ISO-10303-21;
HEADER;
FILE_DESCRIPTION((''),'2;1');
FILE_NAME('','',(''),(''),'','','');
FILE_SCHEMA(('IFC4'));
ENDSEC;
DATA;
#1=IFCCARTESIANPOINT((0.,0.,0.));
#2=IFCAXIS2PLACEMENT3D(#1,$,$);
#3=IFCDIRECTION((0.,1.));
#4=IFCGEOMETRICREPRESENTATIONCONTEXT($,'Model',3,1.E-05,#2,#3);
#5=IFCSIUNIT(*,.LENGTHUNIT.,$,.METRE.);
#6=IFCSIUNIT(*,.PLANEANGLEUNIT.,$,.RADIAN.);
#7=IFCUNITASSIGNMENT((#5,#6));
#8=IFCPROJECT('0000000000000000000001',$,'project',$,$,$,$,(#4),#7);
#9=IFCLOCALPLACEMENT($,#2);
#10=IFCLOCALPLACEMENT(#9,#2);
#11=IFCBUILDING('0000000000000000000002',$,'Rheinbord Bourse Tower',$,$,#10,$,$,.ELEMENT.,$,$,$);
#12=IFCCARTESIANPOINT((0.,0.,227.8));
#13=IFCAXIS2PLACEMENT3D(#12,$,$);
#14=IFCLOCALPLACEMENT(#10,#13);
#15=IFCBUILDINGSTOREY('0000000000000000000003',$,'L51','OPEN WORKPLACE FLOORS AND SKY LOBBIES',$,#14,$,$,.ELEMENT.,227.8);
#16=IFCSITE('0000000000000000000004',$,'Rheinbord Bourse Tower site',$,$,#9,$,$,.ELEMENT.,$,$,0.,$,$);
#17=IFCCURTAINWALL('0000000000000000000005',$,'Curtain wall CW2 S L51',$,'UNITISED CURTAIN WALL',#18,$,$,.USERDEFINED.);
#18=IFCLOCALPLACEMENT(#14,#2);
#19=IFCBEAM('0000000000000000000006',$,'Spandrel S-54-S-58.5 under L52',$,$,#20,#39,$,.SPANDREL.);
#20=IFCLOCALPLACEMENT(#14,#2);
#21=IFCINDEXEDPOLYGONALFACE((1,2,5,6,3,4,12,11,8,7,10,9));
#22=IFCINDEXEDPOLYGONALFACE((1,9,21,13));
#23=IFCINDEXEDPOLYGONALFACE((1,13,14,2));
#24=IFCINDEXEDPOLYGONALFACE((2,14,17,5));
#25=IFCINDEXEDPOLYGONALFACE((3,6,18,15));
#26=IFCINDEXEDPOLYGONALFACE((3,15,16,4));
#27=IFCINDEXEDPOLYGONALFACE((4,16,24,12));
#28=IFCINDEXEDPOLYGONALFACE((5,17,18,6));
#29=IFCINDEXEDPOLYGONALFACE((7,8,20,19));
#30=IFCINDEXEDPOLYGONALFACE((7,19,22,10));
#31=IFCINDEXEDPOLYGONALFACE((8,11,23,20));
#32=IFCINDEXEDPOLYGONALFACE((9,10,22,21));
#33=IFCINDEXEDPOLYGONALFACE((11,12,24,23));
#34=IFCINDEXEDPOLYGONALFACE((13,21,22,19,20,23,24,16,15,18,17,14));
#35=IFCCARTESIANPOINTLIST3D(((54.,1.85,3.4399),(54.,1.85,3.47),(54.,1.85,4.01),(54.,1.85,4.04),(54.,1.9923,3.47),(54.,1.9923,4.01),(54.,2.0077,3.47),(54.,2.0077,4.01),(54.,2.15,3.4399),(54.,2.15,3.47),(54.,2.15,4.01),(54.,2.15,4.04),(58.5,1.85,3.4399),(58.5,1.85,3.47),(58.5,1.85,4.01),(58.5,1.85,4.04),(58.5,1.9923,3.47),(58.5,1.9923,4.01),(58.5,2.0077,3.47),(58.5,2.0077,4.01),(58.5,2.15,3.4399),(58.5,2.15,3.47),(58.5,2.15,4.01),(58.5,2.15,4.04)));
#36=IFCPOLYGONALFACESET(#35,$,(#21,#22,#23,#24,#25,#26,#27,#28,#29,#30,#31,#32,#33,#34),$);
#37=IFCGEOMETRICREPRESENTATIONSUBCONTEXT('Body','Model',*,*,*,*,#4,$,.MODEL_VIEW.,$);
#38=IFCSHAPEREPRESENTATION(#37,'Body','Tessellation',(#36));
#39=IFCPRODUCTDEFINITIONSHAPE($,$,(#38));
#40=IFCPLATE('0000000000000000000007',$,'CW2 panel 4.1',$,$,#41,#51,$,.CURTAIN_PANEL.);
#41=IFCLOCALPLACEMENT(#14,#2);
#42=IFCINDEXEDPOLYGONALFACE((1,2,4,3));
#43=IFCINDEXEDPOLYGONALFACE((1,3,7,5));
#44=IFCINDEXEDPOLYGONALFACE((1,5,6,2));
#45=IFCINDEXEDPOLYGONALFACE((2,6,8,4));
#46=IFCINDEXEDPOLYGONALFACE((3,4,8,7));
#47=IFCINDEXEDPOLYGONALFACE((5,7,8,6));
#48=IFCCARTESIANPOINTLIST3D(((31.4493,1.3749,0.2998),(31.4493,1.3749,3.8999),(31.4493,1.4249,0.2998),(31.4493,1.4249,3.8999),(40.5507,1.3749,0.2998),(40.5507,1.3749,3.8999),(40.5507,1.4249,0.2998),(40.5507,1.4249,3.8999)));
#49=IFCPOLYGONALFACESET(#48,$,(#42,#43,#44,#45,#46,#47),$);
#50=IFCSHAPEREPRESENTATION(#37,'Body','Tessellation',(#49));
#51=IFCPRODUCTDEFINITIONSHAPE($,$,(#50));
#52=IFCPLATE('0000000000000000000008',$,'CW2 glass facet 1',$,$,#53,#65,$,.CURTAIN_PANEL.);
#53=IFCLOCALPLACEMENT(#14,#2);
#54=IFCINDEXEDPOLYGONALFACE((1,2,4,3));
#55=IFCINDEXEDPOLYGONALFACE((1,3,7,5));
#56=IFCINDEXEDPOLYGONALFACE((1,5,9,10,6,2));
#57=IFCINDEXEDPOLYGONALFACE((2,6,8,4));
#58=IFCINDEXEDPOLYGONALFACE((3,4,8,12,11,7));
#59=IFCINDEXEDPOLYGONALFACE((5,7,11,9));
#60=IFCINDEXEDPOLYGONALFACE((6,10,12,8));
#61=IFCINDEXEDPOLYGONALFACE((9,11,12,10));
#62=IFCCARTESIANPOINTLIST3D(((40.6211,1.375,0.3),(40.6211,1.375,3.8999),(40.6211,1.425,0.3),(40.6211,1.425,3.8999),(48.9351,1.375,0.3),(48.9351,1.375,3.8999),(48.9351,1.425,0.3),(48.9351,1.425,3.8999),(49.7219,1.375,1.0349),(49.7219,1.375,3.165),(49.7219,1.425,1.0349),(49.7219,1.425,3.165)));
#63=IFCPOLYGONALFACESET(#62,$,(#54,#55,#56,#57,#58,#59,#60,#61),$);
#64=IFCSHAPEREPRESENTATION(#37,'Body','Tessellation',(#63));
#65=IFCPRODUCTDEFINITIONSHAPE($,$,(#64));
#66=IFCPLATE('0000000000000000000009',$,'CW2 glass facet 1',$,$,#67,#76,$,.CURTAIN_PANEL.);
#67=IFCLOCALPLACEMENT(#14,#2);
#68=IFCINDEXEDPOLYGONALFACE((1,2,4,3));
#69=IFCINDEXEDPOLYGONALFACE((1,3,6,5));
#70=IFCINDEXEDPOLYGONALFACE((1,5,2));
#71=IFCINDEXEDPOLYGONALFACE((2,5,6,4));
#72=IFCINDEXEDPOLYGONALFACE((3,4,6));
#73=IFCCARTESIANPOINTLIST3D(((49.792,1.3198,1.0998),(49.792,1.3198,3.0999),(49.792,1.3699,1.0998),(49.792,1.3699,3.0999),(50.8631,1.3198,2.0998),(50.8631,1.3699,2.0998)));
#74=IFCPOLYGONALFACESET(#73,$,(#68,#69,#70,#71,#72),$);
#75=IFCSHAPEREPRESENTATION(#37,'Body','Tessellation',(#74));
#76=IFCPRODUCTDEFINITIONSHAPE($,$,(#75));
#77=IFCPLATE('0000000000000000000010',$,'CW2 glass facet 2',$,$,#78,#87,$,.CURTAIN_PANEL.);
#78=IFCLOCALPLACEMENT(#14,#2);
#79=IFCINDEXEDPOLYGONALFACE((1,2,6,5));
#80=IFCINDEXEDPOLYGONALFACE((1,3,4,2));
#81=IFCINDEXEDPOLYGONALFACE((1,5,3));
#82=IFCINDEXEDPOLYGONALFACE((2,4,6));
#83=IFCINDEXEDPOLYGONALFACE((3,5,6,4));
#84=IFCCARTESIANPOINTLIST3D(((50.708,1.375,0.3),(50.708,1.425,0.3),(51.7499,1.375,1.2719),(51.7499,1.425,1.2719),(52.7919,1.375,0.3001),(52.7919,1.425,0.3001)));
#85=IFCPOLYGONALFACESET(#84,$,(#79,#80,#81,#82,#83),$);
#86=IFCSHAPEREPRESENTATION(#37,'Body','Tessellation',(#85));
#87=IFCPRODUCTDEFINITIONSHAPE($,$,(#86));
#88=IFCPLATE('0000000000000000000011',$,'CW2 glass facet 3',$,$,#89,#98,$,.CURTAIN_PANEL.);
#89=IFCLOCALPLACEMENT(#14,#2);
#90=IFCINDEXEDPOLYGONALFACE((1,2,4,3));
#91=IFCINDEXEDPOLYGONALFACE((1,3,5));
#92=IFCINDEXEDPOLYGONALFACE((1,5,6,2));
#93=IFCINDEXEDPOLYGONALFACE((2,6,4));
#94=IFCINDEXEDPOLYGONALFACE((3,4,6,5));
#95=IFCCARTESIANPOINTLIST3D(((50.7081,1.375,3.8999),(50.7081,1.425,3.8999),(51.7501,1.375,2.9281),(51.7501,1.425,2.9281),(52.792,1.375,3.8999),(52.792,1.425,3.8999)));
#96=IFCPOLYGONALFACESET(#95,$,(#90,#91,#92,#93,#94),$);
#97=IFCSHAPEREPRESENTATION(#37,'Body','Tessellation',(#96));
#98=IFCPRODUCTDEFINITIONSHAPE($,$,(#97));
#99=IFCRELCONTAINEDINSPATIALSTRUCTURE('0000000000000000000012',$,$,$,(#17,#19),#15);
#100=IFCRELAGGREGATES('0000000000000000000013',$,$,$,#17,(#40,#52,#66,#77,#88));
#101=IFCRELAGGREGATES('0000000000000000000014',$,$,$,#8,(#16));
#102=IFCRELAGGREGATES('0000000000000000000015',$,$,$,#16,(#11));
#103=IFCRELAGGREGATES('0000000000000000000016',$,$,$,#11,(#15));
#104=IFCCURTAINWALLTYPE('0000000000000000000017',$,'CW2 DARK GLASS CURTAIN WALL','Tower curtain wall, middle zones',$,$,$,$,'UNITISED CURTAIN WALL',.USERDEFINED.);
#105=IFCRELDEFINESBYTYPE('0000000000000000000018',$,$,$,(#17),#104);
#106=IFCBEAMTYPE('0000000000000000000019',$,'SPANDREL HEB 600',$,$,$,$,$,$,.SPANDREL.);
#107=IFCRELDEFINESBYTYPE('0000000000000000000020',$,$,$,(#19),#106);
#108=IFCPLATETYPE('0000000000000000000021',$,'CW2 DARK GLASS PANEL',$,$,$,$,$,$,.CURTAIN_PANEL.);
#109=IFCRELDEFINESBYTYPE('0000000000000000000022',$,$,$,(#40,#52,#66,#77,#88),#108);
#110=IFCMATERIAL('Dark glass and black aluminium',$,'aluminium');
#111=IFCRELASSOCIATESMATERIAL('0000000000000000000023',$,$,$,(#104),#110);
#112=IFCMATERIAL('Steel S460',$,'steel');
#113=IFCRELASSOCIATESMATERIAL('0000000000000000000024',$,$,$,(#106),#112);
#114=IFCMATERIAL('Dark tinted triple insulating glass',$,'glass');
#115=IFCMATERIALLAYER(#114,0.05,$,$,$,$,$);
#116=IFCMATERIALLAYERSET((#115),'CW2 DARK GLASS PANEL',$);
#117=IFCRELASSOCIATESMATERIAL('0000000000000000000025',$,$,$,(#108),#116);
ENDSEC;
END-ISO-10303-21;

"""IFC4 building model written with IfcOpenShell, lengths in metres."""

from ifc_helpers import new_model, si_unit, direction, frame, origin, origin_2d, place, context, subcontext, project, spatial, polyline, rectangle, i_section, outline, extrude, material, layer, layer_set, material_profile, profile_set, type_object, element, aggregate, save


model = new_model("IFC4")

# Units and contexts
model_context = context("Model", 3, precision=1e-05, world=origin(), true_north=direction((0.0, 1.0)))
body_context = subcontext(model_context, "Body", "Model", "MODEL_VIEW")
ifc_project = project(units=[si_unit("LENGTHUNIT", "METRE"), si_unit("PLANEANGLEUNIT", "RADIAN")], contexts=[model_context])

# Site, building, storey
site_placement = place(None, origin())
site = spatial("IfcSite", under=ifc_project, at=site_placement, Name="Rheinbord Bourse Tower site", CompositionType="ELEMENT", RefElevation=0.0)
building_placement = place(site_placement, origin())
building = spatial("IfcBuilding", under=site, at=building_placement, Name="Rheinbord Bourse Tower", CompositionType="ELEMENT")
storey_placement = place(building_placement, frame((0.0, 0.0, 227.8)))
storey = spatial("IfcBuildingStorey", under=building, at=storey_placement, Name="L51", Description="OPEN WORKPLACE FLOORS AND SKY LOBBIES", CompositionType="ELEMENT", Elevation=227.8)

# Curtain wall
ifc_material_1 = material(Name="Dark glass and black aluminium", Category="aluminium")
curtain_wall_type = type_object("IfcCurtainWallType", Name="CW2 DARK GLASS CURTAIN WALL", Description="Tower curtain wall, middle zones", ElementType="UNITISED CURTAIN WALL", PredefinedType="USERDEFINED", material=ifc_material_1)
curtain_wall_placement = place(storey_placement, origin())
curtain_wall = element("IfcCurtainWall", 1, at=curtain_wall_placement, inside=storey, type_object=curtain_wall_type, Name="Curtain wall CW2 S L51", ObjectType="UNITISED CURTAIN WALL", PredefinedType="USERDEFINED")

# Beam
ifc_material_2 = material(Name="Steel S460", Category="steel")
ifc_material_profile_1 = material_profile(ifc_material_2, i_section(OverallWidth=0.3, OverallDepth=0.6001, WebThickness=0.0154, FlangeThickness=0.03, at=origin_2d()), Name="HEB 600")
ifc_profile_set_1 = profile_set([ifc_material_profile_1], Name="Steel S460")
beam_type_1 = type_object("IfcBeamType", Name="SPANDREL HEB 600", PredefinedType="SPANDREL", material=ifc_profile_set_1)
for number, where, z_axis, x_axis, name in (
    (2, (54.0, 2.0, 3.74), (1.0, 0.0, 0.0), (0.0, 1.0, 0.0), "Spandrel S-54-S-58.5 under L52"),
):
    element("IfcBeam", number, at=place(storey_placement, frame(where, z_axis=z_axis, x_axis=x_axis)), inside=storey, type_object=beam_type_1, Name=name, PredefinedType="SPANDREL", context=body_context, shape_type="SweptSolid", body=[
        extrude(i_section(OverallWidth=0.3, OverallDepth=0.6001, WebThickness=0.0154, FlangeThickness=0.03, at=origin_2d()), origin(), (0.0, 0.0, 1.0), 4.5),
    ])

# Plates
ifc_material_3 = material(Name="Dark tinted triple insulating glass", Category="glass")
ifc_layer = layer(ifc_material_3, 0.05)
ifc_layer_set = layer_set([ifc_layer], Name="CW2 DARK GLASS PANEL")
plate_type = type_object("IfcPlateType", Name="CW2 DARK GLASS PANEL", PredefinedType="CURTAIN_PANEL", material=ifc_layer_set)
plate_1_placement = place(storey_placement, frame((36.0, 1.3999, 0.2998), z_axis=(0.0, 0.0, 1.0), x_axis=(1.0, 0.0, 0.0)))
plate_1 = element("IfcPlate", 3, at=plate_1_placement, type_object=plate_type, Name="CW2 panel 4.1", PredefinedType="CURTAIN_PANEL", context=body_context, shape_type="SweptSolid", body=[
    extrude(rectangle(XDim=9.1013, YDim=0.05, at=origin_2d()), origin(), (0.0, 0.0, 1.0), 3.6001),
])
plate_2_placement = place(storey_placement, frame((40.6211, 1.375, 0.3), z_axis=(0.0, 1.0, 0.0), x_axis=(0.0, 0.0, 1.0)))
plate_2 = element("IfcPlate", 4, at=plate_2_placement, type_object=plate_type, Name="CW2 glass facet 1", PredefinedType="CURTAIN_PANEL", context=body_context, shape_type="SweptSolid", body=[
    extrude(outline(polyline([(0.0, 0.0), (3.5999, 0.0), (3.5999, 8.314), (2.865, 9.1008), (0.7349, 9.1008), (0.0, 8.314), (0.0, 0.0)])), origin(), (0.0, 0.0, 1.0), 0.05),
])
plate_3_placement = place(storey_placement, frame((49.792, 1.3198, 3.0999), z_axis=(0.0, 1.0, 0.0), x_axis=(0.730933, 0.0, -0.682449)))
plate_3 = element("IfcPlate", 5, at=plate_3_placement, type_object=plate_type, Name="CW2 glass facet 1", PredefinedType="CURTAIN_PANEL", context=body_context, shape_type="SweptSolid", body=[
    extrude(outline(polyline([(0.0, 0.0), (1.4653, 0.0), (1.365, 1.4619), (0.0, 0.0)])), origin(), (0.0, 0.0, 1.0), 0.05),
])
plate_4_placement = place(storey_placement, frame((50.708, 1.375, 0.3), z_axis=(0.0, 1.0, 0.0), x_axis=(0.731266, 0.0, 0.682092)))
plate_4 = element("IfcPlate", 6, at=plate_4_placement, type_object=plate_type, Name="CW2 glass facet 2", PredefinedType="CURTAIN_PANEL", context=body_context, shape_type="SweptSolid", body=[
    extrude(outline(polyline([(0.0, 0.0), (1.4248, 0.0), (1.5239, 1.4214), (0.0, 0.0)])), origin(), (0.0, 0.0, 1.0), 0.05),
])
plate_5_placement = place(storey_placement, frame((52.792, 1.375, 3.8999), z_axis=(0.0, 1.0, 0.0), x_axis=(-0.731266, 0.0, -0.682092)))
plate_5 = element("IfcPlate", 7, at=plate_5_placement, type_object=plate_type, Name="CW2 glass facet 3", PredefinedType="CURTAIN_PANEL", context=body_context, shape_type="SweptSolid", body=[
    extrude(outline(polyline([(0.0, 0.0), (1.4248, 0.0), (1.5239, 1.4214), (0.0, 0.0)])), origin(), (0.0, 0.0, 1.0), 0.05),
])
aggregate(curtain_wall, [plate_1, plate_2, plate_3, plate_4, plate_5])

save(model, "model.ifc")
